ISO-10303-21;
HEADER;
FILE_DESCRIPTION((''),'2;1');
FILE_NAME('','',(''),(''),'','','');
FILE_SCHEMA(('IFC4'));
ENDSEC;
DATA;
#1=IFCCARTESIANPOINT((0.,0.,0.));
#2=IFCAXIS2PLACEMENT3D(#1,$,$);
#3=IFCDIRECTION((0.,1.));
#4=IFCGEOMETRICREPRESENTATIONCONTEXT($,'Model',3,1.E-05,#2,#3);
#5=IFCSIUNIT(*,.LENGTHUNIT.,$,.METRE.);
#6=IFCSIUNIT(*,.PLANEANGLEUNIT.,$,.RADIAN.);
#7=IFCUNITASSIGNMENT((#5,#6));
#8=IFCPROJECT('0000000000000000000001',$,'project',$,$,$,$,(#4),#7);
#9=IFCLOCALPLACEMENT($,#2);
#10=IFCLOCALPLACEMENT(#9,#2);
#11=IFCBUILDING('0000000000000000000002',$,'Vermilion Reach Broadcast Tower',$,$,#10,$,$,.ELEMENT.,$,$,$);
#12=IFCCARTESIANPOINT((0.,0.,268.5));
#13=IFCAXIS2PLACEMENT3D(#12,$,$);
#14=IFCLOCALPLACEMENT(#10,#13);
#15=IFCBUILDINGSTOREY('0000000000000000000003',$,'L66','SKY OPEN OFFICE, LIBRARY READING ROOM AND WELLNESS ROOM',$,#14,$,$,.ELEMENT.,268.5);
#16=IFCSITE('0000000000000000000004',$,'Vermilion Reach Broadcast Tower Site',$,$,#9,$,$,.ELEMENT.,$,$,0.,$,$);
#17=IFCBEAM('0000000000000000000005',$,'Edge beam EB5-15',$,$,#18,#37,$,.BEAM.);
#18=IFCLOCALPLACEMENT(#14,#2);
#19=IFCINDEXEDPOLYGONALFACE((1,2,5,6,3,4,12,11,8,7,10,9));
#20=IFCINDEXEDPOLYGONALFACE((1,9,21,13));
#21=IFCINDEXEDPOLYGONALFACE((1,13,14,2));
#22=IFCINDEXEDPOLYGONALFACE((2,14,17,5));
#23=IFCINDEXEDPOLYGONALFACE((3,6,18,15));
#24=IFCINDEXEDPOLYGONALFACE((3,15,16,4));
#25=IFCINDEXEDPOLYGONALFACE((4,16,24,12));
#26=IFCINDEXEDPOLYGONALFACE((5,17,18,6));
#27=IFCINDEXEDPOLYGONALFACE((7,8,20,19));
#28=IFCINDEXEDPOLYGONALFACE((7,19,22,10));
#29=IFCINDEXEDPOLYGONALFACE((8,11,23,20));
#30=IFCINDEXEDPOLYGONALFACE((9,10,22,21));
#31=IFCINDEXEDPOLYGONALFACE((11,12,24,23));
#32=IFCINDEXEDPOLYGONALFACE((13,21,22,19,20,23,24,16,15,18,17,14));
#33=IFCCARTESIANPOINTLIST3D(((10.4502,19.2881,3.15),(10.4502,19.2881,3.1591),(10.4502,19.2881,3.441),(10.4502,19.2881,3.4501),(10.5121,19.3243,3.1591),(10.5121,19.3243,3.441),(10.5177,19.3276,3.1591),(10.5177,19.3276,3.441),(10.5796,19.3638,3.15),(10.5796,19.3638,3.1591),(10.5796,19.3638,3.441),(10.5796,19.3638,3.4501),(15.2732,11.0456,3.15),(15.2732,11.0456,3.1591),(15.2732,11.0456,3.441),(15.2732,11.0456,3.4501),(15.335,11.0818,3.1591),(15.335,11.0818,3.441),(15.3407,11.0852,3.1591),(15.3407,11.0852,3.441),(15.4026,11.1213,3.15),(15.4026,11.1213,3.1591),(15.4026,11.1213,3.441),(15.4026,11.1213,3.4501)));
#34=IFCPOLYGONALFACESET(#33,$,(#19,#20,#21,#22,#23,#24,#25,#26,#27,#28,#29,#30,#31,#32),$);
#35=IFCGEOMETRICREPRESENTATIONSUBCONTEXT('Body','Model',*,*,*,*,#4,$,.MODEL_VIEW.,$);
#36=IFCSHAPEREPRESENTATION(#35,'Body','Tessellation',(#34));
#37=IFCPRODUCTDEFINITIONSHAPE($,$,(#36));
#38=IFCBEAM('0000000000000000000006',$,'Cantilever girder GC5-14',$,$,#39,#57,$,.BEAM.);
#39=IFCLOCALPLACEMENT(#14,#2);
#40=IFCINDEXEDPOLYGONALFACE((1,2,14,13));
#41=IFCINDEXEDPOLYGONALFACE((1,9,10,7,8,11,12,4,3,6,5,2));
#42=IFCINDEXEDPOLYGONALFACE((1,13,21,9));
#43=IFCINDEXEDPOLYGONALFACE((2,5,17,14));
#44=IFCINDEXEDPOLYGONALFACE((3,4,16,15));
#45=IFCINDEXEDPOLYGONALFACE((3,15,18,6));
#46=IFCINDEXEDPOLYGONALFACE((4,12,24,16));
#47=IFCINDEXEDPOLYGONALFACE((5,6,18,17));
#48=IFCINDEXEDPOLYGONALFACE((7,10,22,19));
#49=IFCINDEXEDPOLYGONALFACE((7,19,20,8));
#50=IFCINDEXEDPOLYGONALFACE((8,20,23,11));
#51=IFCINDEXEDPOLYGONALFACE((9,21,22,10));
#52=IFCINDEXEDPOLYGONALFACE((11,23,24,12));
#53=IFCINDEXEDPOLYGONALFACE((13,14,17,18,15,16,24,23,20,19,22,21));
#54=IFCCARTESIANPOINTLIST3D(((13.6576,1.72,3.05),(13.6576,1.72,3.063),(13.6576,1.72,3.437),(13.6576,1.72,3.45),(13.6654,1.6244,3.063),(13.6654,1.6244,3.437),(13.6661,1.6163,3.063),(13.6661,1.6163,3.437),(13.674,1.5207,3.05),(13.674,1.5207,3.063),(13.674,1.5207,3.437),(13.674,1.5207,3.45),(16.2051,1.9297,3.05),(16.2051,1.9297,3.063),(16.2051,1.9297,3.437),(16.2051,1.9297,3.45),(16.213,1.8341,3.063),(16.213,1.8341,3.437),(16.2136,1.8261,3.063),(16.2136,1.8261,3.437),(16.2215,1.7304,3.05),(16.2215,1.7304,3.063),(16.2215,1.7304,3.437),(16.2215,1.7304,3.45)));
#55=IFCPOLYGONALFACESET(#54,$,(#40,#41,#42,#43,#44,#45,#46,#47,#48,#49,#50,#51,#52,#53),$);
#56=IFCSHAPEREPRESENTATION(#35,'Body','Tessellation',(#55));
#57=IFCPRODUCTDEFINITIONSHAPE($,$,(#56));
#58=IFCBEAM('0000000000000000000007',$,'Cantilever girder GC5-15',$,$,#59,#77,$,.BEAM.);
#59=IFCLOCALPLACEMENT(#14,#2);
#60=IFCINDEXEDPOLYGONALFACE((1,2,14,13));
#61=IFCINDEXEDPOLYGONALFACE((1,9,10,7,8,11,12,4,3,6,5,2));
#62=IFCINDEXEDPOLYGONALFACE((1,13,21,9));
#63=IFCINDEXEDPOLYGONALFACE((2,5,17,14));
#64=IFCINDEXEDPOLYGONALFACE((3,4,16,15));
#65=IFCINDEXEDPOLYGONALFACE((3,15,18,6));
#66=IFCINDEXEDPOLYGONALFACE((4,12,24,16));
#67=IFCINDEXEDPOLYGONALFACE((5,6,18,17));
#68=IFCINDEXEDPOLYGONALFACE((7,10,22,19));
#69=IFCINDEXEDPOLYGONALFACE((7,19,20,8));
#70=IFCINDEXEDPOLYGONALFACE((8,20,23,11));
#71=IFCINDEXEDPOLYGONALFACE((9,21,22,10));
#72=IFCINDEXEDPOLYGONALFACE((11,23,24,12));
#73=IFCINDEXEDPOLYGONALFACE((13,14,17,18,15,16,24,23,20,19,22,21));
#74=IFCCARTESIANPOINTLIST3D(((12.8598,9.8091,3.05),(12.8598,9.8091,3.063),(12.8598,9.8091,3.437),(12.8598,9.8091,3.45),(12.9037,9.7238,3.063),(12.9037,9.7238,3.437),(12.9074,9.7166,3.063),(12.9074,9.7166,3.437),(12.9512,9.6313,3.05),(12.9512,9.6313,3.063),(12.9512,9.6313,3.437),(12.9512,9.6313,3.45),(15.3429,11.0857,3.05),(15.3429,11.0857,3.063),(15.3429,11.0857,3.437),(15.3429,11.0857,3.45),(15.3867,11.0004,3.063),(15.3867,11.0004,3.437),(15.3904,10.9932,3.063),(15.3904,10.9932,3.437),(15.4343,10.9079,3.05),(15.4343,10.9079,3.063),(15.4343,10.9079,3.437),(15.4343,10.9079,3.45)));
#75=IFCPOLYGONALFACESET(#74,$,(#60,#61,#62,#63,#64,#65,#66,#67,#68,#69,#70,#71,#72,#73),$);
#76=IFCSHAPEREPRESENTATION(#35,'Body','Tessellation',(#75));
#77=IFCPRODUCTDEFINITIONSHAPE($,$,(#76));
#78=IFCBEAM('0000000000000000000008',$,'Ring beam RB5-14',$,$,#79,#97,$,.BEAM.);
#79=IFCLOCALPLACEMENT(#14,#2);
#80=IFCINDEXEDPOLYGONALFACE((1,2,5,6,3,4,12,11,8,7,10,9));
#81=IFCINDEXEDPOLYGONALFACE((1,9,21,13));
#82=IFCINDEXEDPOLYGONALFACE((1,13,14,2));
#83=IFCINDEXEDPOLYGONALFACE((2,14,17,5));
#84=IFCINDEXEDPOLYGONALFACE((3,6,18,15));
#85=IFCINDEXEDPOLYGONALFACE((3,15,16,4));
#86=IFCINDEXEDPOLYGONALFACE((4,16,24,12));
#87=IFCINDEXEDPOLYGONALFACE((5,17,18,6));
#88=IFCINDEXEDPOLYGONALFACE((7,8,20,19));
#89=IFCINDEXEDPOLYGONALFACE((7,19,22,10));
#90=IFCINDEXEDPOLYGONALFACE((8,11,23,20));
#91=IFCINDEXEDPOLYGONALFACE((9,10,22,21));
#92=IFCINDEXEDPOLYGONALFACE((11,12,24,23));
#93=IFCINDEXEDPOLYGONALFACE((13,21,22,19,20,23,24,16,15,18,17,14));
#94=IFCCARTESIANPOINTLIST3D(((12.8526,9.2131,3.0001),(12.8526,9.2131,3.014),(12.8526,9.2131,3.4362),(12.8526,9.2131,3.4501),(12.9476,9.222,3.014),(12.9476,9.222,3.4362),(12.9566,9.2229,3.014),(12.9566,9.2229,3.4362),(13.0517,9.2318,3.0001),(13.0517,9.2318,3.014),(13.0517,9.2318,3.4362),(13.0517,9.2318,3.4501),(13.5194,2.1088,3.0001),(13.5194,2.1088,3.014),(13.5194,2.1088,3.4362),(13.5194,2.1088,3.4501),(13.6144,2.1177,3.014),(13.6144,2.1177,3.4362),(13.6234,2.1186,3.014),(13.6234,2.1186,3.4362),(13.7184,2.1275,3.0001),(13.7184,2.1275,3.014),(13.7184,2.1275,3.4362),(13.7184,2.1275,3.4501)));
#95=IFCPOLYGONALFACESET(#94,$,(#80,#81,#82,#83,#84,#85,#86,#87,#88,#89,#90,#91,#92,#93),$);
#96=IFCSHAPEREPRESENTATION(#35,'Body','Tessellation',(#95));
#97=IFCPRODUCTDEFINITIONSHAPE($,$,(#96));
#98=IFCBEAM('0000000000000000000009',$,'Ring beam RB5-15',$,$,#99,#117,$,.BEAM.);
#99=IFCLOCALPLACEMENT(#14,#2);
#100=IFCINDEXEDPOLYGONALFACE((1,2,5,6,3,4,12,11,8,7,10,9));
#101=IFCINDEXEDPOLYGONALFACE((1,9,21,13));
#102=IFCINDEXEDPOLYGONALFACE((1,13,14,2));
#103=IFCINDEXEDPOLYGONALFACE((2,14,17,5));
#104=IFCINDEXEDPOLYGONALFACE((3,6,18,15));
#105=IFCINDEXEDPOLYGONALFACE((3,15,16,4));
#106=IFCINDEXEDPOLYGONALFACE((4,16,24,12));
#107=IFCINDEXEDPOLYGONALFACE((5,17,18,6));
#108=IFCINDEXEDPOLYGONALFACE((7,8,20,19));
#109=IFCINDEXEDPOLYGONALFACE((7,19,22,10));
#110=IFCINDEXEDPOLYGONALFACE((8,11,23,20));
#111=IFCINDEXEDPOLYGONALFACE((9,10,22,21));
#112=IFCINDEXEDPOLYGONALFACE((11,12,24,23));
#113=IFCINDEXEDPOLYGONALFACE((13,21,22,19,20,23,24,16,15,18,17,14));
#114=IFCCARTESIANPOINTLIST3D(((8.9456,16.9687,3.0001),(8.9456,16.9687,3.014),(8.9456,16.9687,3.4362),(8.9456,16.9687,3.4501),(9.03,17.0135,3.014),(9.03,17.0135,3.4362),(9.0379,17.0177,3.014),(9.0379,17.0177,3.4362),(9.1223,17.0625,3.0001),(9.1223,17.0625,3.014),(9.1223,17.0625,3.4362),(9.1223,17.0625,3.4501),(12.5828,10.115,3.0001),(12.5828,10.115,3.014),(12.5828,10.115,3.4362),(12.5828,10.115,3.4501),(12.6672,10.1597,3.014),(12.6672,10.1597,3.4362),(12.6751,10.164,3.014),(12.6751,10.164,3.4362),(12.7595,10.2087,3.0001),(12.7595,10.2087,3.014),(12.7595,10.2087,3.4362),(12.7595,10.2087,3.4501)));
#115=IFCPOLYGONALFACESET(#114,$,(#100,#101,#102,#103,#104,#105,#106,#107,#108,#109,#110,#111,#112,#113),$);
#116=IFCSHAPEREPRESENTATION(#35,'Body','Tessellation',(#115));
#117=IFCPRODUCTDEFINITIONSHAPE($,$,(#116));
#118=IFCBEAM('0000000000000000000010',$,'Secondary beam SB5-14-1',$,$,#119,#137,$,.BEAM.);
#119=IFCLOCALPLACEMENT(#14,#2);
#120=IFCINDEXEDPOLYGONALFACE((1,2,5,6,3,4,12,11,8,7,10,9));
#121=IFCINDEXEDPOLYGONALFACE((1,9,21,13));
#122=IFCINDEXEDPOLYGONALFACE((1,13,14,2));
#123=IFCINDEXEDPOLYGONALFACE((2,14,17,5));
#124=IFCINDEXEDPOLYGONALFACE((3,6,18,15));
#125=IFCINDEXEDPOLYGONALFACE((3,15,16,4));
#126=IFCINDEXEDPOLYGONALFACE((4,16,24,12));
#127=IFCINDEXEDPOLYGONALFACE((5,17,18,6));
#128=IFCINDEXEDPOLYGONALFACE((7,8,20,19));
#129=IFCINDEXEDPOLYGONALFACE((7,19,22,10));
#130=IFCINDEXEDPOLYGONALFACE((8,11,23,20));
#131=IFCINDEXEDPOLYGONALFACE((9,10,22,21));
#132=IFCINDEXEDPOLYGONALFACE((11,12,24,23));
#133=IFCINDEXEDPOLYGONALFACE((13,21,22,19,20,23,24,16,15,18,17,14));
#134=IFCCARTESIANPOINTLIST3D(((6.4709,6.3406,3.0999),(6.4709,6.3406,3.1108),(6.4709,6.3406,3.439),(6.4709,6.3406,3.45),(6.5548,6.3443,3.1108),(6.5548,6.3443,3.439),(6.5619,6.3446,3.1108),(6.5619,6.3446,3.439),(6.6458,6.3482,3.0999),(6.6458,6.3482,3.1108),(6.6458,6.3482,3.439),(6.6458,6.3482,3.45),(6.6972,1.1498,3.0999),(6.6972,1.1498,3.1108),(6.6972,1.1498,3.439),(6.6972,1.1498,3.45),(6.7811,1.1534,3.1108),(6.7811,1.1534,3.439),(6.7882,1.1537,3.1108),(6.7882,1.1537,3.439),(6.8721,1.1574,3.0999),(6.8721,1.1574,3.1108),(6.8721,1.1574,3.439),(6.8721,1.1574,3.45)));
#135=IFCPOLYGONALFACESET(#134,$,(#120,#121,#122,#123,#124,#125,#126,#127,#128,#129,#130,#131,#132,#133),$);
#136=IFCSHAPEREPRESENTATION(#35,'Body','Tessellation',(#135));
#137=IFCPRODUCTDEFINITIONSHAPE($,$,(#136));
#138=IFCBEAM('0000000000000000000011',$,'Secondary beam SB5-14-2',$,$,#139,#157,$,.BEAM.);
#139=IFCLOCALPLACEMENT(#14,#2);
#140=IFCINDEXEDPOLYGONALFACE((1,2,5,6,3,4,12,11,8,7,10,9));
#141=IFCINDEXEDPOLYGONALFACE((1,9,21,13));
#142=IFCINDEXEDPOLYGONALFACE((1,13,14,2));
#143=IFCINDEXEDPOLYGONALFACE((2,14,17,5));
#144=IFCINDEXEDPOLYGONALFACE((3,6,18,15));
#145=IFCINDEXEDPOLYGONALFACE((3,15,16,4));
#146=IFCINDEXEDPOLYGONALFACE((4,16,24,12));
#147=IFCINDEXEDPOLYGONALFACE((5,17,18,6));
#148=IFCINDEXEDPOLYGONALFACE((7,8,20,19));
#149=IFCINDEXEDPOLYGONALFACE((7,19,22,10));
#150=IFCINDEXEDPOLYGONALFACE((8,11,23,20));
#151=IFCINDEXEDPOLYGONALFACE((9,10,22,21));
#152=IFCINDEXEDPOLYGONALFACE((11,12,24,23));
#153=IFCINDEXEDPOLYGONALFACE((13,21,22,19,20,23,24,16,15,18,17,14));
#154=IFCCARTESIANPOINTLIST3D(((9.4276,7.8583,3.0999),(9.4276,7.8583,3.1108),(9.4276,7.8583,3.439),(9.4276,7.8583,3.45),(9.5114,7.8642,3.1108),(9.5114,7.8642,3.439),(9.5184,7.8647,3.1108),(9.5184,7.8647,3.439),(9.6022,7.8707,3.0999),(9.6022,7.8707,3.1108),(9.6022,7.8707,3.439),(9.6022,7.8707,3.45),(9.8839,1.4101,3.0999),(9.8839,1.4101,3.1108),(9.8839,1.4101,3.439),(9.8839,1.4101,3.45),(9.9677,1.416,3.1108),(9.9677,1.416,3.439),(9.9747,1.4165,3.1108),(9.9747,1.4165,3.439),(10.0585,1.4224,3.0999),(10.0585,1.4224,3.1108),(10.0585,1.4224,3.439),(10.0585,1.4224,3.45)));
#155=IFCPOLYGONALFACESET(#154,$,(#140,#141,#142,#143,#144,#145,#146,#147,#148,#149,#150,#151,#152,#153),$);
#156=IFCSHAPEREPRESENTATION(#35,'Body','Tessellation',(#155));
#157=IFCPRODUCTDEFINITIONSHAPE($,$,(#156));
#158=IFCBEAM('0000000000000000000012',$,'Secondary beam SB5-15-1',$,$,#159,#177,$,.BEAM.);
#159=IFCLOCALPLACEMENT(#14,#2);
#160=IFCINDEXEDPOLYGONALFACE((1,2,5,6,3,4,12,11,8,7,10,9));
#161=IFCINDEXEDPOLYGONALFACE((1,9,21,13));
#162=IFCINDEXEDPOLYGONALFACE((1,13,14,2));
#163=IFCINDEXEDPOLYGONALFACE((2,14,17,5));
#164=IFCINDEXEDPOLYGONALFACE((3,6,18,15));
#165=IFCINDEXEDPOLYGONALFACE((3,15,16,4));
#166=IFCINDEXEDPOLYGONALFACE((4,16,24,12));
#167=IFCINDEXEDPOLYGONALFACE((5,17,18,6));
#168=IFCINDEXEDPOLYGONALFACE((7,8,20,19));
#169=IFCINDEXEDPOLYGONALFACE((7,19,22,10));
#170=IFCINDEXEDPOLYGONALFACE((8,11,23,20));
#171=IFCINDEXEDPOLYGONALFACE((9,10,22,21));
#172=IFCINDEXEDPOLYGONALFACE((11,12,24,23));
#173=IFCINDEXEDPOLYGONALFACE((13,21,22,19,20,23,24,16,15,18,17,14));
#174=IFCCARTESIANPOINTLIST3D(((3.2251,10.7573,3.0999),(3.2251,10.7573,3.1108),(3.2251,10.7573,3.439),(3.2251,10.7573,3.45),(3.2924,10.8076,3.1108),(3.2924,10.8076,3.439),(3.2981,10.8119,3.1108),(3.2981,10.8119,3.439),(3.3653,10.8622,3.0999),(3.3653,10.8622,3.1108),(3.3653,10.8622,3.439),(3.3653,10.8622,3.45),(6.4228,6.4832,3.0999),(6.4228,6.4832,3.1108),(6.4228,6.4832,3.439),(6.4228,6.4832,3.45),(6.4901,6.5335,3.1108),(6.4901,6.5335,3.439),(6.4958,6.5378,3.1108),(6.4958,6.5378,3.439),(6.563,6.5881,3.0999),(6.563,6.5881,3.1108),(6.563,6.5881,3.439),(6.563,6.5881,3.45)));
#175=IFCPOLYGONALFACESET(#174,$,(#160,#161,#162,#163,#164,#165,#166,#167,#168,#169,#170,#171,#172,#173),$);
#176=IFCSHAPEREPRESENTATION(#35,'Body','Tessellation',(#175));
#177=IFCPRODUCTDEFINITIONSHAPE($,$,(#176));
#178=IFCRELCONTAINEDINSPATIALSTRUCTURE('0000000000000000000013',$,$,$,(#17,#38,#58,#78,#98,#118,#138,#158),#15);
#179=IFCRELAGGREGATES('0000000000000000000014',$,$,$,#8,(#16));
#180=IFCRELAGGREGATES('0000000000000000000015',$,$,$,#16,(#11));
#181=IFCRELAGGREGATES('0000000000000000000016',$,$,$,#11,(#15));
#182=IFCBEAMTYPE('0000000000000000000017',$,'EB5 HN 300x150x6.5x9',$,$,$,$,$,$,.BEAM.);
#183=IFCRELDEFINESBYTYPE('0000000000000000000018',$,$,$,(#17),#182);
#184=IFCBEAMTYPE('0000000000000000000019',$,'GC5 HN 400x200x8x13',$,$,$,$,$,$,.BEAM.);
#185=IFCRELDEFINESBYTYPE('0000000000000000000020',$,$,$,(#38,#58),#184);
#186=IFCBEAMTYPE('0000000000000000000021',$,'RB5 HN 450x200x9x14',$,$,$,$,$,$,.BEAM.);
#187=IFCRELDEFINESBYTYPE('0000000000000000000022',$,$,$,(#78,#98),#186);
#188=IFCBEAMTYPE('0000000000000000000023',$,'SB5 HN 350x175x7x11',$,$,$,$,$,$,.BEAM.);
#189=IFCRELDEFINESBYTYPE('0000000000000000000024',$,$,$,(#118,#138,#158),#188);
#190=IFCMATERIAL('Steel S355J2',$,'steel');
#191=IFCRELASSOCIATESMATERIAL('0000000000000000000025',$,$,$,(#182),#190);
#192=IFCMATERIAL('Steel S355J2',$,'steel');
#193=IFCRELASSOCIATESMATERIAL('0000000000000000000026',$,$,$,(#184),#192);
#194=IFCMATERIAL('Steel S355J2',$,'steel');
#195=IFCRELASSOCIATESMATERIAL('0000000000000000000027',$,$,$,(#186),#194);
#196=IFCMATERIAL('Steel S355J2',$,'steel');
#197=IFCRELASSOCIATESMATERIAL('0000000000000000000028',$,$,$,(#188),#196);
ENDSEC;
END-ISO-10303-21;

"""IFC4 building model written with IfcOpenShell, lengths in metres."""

from ifc_helpers import new_model, si_unit, direction, frame, origin, origin_2d, place, context, subcontext, project, spatial, i_section, extrude, material, material_profile, profile_set, type_object, element, save


model = new_model("IFC4")

# Units and contexts
model_context = context("Model", 3, precision=1e-05, world=origin(), true_north=direction((0.0, 1.0)))
body_context = subcontext(model_context, "Body", "Model", "MODEL_VIEW")
ifc_project = project(units=[si_unit("LENGTHUNIT", "METRE"), si_unit("PLANEANGLEUNIT", "RADIAN")], contexts=[model_context])

# Site, building, storey
site_placement = place(None, origin())
site = spatial("IfcSite", under=ifc_project, at=site_placement, Name="Vermilion Reach Broadcast Tower Site", CompositionType="ELEMENT", RefElevation=0.0)
building_placement = place(site_placement, origin())
building = spatial("IfcBuilding", under=site, at=building_placement, Name="Vermilion Reach Broadcast Tower", CompositionType="ELEMENT")
storey_placement = place(building_placement, frame((0.0, 0.0, 268.5)))
storey = spatial("IfcBuildingStorey", under=building, at=storey_placement, Name="L66", Description="SKY OPEN OFFICE, LIBRARY READING ROOM AND WELLNESS ROOM", CompositionType="ELEMENT", Elevation=268.5)

# Beams
ifc_material_1 = material(Name="Steel S355J2", Category="steel")
ifc_material_profile_1 = material_profile(ifc_material_1, i_section(OverallWidth=0.1499, OverallDepth=0.3, WebThickness=0.0066, FlangeThickness=0.009, at=origin_2d()), Name="S355J2 HN 300x150x6.5x9")
ifc_profile_set_1 = profile_set([ifc_material_profile_1], Name="Steel S355J2")
beam_type_1 = type_object("IfcBeamType", Name="EB5 HN 300x150x6.5x9", PredefinedType="BEAM", material=ifc_profile_set_1)
beam_1_placement = place(storey_placement, frame((15.3379, 11.0835, 3.3), z_axis=(-0.505036, 0.863098, 0.0), x_axis=(-0.863098, -0.505036, 0.0)))
element("IfcBeam", 1, at=beam_1_placement, inside=storey, type_object=beam_type_1, Name="Edge beam EB5-15", PredefinedType="BEAM", context=body_context, shape_type="SweptSolid", body=[
    extrude(i_section(OverallWidth=0.1499, OverallDepth=0.3, WebThickness=0.0066, FlangeThickness=0.009, at=origin_2d()), origin(), (0.0, 0.0, 1.0), 9.5498),
])
ifc_material_2 = material(Name="Steel S355J2", Category="steel")
ifc_material_profile_2 = material_profile(ifc_material_2, i_section(OverallWidth=0.2, OverallDepth=0.3999, WebThickness=0.0081, FlangeThickness=0.0129, at=origin_2d()), Name="S355J2 HN 400x200x8x13")
ifc_profile_set_2 = profile_set([ifc_material_profile_2], Name="Steel S355J2")
beam_type_2 = type_object("IfcBeamType", Name="GC5 HN 400x200x8x13", PredefinedType="BEAM", material=ifc_profile_set_2)
beam_2_placement = place(storey_placement, frame((13.6658, 1.6204, 3.25), z_axis=(0.996629, 0.082042, 0.0), x_axis=(-0.082042, 0.996629, 0.0)))
element("IfcBeam", 2, at=beam_2_placement, inside=storey, type_object=beam_type_2, Name="Cantilever girder GC5-14", PredefinedType="BEAM", context=body_context, shape_type="SweptSolid", body=[
    extrude(i_section(OverallWidth=0.2, OverallDepth=0.3999, WebThickness=0.0081, FlangeThickness=0.0129, at=origin_2d()), origin(), (0.0, 0.0, 1.0), 2.5562),
])
beam_3_placement = place(storey_placement, frame((12.9055, 9.7202, 3.25), z_axis=(0.889352, 0.457224, 0.0), x_axis=(-0.457224, 0.889352, 0.0)))
element("IfcBeam", 3, at=beam_3_placement, inside=storey, type_object=beam_type_2, Name="Cantilever girder GC5-15", PredefinedType="BEAM", context=body_context, shape_type="SweptSolid", body=[
    extrude(i_section(OverallWidth=0.2, OverallDepth=0.3999, WebThickness=0.0081, FlangeThickness=0.0129, at=origin_2d()), origin(), (0.0, 0.0, 1.0), 2.792),
])
ifc_material_3 = material(Name="Steel S355J2", Category="steel")
ifc_material_profile_3 = material_profile(ifc_material_3, i_section(OverallWidth=0.2, OverallDepth=0.45, WebThickness=0.009, FlangeThickness=0.0139, at=origin_2d()), Name="S355J2 HN 450x200x9x14")
ifc_profile_set_3 = profile_set([ifc_material_profile_3], Name="Steel S355J2")
beam_type_3 = type_object("IfcBeamType", Name="RB5 HN 450x200x9x14", PredefinedType="BEAM", material=ifc_profile_set_3)
beam_4_placement = place(storey_placement, frame((13.6189, 2.1182, 3.2251), z_axis=(-0.093441, 0.995625, 0.0), x_axis=(-0.995625, -0.093441, 0.0)))
element("IfcBeam", 4, at=beam_4_placement, inside=storey, type_object=beam_type_3, Name="Ring beam RB5-14", PredefinedType="BEAM", context=body_context, shape_type="SweptSolid", body=[
    extrude(i_section(OverallWidth=0.2, OverallDepth=0.45, WebThickness=0.009, FlangeThickness=0.0139, at=origin_2d()), origin(), (0.0, 0.0, 1.0), 7.1355),
])
beam_5_placement = place(storey_placement, frame((12.6711, 10.1619, 3.2251), z_axis=(-0.468768, 0.883321, 0.0), x_axis=(-0.883321, -0.468768, 0.0)))
element("IfcBeam", 5, at=beam_5_placement, inside=storey, type_object=beam_type_3, Name="Ring beam RB5-15", PredefinedType="BEAM", context=body_context, shape_type="SweptSolid", body=[
    extrude(i_section(OverallWidth=0.2, OverallDepth=0.45, WebThickness=0.009, FlangeThickness=0.0139, at=origin_2d()), origin(), (0.0, 0.0, 1.0), 7.759),
])
ifc_material_4 = material(Name="Steel S355J2", Category="steel")
ifc_material_profile_4 = material_profile(ifc_material_4, i_section(OverallWidth=0.175, OverallDepth=0.3501, WebThickness=0.0071, FlangeThickness=0.011, at=origin_2d()), Name="S355J2 HN 350x175x7x11")
ifc_profile_set_4 = profile_set([ifc_material_profile_4], Name="Steel S355J2")
beam_type_4 = type_object("IfcBeamType", Name="SB5 HN 350x175x7x11", PredefinedType="BEAM", material=ifc_profile_set_4)
beam_6_placement = place(storey_placement, frame((6.7847, 1.1536, 3.2749), z_axis=(-0.043558, 0.999051, 0.0), x_axis=(-0.999051, -0.043558, 0.0)))
element("IfcBeam", 6, at=beam_6_placement, inside=storey, type_object=beam_type_4, Name="Secondary beam SB5-14-1", PredefinedType="BEAM", context=body_context, shape_type="SweptSolid", body=[
    extrude(i_section(OverallWidth=0.175, OverallDepth=0.3501, WebThickness=0.0071, FlangeThickness=0.011, at=origin_2d()), origin(), (0.0, 0.0, 1.0), 5.1958),
])
beam_7_placement = place(storey_placement, frame((9.9712, 1.4163, 3.2749), z_axis=(-0.070587, 0.997506, 0.0), x_axis=(-0.997506, -0.070587, 0.0)))
element("IfcBeam", 7, at=beam_7_placement, inside=storey, type_object=beam_type_4, Name="Secondary beam SB5-14-2", PredefinedType="BEAM", context=body_context, shape_type="SweptSolid", body=[
    extrude(i_section(OverallWidth=0.175, OverallDepth=0.3501, WebThickness=0.0071, FlangeThickness=0.011, at=origin_2d()), origin(), (0.0, 0.0, 1.0), 6.4644),
])
beam_8_placement = place(storey_placement, frame((6.4929, 6.5356, 3.2749), z_axis=(-0.599056, 0.800707, 0.0), x_axis=(-0.800707, -0.599056, 0.0)))
element("IfcBeam", 8, at=beam_8_placement, inside=storey, type_object=beam_type_4, Name="Secondary beam SB5-15-1", PredefinedType="BEAM", context=body_context, shape_type="SweptSolid", body=[
    extrude(i_section(OverallWidth=0.175, OverallDepth=0.3501, WebThickness=0.0071, FlangeThickness=0.011, at=origin_2d()), origin(), (0.0, 0.0, 1.0), 5.3379),
])

save(model, "model.ifc")
